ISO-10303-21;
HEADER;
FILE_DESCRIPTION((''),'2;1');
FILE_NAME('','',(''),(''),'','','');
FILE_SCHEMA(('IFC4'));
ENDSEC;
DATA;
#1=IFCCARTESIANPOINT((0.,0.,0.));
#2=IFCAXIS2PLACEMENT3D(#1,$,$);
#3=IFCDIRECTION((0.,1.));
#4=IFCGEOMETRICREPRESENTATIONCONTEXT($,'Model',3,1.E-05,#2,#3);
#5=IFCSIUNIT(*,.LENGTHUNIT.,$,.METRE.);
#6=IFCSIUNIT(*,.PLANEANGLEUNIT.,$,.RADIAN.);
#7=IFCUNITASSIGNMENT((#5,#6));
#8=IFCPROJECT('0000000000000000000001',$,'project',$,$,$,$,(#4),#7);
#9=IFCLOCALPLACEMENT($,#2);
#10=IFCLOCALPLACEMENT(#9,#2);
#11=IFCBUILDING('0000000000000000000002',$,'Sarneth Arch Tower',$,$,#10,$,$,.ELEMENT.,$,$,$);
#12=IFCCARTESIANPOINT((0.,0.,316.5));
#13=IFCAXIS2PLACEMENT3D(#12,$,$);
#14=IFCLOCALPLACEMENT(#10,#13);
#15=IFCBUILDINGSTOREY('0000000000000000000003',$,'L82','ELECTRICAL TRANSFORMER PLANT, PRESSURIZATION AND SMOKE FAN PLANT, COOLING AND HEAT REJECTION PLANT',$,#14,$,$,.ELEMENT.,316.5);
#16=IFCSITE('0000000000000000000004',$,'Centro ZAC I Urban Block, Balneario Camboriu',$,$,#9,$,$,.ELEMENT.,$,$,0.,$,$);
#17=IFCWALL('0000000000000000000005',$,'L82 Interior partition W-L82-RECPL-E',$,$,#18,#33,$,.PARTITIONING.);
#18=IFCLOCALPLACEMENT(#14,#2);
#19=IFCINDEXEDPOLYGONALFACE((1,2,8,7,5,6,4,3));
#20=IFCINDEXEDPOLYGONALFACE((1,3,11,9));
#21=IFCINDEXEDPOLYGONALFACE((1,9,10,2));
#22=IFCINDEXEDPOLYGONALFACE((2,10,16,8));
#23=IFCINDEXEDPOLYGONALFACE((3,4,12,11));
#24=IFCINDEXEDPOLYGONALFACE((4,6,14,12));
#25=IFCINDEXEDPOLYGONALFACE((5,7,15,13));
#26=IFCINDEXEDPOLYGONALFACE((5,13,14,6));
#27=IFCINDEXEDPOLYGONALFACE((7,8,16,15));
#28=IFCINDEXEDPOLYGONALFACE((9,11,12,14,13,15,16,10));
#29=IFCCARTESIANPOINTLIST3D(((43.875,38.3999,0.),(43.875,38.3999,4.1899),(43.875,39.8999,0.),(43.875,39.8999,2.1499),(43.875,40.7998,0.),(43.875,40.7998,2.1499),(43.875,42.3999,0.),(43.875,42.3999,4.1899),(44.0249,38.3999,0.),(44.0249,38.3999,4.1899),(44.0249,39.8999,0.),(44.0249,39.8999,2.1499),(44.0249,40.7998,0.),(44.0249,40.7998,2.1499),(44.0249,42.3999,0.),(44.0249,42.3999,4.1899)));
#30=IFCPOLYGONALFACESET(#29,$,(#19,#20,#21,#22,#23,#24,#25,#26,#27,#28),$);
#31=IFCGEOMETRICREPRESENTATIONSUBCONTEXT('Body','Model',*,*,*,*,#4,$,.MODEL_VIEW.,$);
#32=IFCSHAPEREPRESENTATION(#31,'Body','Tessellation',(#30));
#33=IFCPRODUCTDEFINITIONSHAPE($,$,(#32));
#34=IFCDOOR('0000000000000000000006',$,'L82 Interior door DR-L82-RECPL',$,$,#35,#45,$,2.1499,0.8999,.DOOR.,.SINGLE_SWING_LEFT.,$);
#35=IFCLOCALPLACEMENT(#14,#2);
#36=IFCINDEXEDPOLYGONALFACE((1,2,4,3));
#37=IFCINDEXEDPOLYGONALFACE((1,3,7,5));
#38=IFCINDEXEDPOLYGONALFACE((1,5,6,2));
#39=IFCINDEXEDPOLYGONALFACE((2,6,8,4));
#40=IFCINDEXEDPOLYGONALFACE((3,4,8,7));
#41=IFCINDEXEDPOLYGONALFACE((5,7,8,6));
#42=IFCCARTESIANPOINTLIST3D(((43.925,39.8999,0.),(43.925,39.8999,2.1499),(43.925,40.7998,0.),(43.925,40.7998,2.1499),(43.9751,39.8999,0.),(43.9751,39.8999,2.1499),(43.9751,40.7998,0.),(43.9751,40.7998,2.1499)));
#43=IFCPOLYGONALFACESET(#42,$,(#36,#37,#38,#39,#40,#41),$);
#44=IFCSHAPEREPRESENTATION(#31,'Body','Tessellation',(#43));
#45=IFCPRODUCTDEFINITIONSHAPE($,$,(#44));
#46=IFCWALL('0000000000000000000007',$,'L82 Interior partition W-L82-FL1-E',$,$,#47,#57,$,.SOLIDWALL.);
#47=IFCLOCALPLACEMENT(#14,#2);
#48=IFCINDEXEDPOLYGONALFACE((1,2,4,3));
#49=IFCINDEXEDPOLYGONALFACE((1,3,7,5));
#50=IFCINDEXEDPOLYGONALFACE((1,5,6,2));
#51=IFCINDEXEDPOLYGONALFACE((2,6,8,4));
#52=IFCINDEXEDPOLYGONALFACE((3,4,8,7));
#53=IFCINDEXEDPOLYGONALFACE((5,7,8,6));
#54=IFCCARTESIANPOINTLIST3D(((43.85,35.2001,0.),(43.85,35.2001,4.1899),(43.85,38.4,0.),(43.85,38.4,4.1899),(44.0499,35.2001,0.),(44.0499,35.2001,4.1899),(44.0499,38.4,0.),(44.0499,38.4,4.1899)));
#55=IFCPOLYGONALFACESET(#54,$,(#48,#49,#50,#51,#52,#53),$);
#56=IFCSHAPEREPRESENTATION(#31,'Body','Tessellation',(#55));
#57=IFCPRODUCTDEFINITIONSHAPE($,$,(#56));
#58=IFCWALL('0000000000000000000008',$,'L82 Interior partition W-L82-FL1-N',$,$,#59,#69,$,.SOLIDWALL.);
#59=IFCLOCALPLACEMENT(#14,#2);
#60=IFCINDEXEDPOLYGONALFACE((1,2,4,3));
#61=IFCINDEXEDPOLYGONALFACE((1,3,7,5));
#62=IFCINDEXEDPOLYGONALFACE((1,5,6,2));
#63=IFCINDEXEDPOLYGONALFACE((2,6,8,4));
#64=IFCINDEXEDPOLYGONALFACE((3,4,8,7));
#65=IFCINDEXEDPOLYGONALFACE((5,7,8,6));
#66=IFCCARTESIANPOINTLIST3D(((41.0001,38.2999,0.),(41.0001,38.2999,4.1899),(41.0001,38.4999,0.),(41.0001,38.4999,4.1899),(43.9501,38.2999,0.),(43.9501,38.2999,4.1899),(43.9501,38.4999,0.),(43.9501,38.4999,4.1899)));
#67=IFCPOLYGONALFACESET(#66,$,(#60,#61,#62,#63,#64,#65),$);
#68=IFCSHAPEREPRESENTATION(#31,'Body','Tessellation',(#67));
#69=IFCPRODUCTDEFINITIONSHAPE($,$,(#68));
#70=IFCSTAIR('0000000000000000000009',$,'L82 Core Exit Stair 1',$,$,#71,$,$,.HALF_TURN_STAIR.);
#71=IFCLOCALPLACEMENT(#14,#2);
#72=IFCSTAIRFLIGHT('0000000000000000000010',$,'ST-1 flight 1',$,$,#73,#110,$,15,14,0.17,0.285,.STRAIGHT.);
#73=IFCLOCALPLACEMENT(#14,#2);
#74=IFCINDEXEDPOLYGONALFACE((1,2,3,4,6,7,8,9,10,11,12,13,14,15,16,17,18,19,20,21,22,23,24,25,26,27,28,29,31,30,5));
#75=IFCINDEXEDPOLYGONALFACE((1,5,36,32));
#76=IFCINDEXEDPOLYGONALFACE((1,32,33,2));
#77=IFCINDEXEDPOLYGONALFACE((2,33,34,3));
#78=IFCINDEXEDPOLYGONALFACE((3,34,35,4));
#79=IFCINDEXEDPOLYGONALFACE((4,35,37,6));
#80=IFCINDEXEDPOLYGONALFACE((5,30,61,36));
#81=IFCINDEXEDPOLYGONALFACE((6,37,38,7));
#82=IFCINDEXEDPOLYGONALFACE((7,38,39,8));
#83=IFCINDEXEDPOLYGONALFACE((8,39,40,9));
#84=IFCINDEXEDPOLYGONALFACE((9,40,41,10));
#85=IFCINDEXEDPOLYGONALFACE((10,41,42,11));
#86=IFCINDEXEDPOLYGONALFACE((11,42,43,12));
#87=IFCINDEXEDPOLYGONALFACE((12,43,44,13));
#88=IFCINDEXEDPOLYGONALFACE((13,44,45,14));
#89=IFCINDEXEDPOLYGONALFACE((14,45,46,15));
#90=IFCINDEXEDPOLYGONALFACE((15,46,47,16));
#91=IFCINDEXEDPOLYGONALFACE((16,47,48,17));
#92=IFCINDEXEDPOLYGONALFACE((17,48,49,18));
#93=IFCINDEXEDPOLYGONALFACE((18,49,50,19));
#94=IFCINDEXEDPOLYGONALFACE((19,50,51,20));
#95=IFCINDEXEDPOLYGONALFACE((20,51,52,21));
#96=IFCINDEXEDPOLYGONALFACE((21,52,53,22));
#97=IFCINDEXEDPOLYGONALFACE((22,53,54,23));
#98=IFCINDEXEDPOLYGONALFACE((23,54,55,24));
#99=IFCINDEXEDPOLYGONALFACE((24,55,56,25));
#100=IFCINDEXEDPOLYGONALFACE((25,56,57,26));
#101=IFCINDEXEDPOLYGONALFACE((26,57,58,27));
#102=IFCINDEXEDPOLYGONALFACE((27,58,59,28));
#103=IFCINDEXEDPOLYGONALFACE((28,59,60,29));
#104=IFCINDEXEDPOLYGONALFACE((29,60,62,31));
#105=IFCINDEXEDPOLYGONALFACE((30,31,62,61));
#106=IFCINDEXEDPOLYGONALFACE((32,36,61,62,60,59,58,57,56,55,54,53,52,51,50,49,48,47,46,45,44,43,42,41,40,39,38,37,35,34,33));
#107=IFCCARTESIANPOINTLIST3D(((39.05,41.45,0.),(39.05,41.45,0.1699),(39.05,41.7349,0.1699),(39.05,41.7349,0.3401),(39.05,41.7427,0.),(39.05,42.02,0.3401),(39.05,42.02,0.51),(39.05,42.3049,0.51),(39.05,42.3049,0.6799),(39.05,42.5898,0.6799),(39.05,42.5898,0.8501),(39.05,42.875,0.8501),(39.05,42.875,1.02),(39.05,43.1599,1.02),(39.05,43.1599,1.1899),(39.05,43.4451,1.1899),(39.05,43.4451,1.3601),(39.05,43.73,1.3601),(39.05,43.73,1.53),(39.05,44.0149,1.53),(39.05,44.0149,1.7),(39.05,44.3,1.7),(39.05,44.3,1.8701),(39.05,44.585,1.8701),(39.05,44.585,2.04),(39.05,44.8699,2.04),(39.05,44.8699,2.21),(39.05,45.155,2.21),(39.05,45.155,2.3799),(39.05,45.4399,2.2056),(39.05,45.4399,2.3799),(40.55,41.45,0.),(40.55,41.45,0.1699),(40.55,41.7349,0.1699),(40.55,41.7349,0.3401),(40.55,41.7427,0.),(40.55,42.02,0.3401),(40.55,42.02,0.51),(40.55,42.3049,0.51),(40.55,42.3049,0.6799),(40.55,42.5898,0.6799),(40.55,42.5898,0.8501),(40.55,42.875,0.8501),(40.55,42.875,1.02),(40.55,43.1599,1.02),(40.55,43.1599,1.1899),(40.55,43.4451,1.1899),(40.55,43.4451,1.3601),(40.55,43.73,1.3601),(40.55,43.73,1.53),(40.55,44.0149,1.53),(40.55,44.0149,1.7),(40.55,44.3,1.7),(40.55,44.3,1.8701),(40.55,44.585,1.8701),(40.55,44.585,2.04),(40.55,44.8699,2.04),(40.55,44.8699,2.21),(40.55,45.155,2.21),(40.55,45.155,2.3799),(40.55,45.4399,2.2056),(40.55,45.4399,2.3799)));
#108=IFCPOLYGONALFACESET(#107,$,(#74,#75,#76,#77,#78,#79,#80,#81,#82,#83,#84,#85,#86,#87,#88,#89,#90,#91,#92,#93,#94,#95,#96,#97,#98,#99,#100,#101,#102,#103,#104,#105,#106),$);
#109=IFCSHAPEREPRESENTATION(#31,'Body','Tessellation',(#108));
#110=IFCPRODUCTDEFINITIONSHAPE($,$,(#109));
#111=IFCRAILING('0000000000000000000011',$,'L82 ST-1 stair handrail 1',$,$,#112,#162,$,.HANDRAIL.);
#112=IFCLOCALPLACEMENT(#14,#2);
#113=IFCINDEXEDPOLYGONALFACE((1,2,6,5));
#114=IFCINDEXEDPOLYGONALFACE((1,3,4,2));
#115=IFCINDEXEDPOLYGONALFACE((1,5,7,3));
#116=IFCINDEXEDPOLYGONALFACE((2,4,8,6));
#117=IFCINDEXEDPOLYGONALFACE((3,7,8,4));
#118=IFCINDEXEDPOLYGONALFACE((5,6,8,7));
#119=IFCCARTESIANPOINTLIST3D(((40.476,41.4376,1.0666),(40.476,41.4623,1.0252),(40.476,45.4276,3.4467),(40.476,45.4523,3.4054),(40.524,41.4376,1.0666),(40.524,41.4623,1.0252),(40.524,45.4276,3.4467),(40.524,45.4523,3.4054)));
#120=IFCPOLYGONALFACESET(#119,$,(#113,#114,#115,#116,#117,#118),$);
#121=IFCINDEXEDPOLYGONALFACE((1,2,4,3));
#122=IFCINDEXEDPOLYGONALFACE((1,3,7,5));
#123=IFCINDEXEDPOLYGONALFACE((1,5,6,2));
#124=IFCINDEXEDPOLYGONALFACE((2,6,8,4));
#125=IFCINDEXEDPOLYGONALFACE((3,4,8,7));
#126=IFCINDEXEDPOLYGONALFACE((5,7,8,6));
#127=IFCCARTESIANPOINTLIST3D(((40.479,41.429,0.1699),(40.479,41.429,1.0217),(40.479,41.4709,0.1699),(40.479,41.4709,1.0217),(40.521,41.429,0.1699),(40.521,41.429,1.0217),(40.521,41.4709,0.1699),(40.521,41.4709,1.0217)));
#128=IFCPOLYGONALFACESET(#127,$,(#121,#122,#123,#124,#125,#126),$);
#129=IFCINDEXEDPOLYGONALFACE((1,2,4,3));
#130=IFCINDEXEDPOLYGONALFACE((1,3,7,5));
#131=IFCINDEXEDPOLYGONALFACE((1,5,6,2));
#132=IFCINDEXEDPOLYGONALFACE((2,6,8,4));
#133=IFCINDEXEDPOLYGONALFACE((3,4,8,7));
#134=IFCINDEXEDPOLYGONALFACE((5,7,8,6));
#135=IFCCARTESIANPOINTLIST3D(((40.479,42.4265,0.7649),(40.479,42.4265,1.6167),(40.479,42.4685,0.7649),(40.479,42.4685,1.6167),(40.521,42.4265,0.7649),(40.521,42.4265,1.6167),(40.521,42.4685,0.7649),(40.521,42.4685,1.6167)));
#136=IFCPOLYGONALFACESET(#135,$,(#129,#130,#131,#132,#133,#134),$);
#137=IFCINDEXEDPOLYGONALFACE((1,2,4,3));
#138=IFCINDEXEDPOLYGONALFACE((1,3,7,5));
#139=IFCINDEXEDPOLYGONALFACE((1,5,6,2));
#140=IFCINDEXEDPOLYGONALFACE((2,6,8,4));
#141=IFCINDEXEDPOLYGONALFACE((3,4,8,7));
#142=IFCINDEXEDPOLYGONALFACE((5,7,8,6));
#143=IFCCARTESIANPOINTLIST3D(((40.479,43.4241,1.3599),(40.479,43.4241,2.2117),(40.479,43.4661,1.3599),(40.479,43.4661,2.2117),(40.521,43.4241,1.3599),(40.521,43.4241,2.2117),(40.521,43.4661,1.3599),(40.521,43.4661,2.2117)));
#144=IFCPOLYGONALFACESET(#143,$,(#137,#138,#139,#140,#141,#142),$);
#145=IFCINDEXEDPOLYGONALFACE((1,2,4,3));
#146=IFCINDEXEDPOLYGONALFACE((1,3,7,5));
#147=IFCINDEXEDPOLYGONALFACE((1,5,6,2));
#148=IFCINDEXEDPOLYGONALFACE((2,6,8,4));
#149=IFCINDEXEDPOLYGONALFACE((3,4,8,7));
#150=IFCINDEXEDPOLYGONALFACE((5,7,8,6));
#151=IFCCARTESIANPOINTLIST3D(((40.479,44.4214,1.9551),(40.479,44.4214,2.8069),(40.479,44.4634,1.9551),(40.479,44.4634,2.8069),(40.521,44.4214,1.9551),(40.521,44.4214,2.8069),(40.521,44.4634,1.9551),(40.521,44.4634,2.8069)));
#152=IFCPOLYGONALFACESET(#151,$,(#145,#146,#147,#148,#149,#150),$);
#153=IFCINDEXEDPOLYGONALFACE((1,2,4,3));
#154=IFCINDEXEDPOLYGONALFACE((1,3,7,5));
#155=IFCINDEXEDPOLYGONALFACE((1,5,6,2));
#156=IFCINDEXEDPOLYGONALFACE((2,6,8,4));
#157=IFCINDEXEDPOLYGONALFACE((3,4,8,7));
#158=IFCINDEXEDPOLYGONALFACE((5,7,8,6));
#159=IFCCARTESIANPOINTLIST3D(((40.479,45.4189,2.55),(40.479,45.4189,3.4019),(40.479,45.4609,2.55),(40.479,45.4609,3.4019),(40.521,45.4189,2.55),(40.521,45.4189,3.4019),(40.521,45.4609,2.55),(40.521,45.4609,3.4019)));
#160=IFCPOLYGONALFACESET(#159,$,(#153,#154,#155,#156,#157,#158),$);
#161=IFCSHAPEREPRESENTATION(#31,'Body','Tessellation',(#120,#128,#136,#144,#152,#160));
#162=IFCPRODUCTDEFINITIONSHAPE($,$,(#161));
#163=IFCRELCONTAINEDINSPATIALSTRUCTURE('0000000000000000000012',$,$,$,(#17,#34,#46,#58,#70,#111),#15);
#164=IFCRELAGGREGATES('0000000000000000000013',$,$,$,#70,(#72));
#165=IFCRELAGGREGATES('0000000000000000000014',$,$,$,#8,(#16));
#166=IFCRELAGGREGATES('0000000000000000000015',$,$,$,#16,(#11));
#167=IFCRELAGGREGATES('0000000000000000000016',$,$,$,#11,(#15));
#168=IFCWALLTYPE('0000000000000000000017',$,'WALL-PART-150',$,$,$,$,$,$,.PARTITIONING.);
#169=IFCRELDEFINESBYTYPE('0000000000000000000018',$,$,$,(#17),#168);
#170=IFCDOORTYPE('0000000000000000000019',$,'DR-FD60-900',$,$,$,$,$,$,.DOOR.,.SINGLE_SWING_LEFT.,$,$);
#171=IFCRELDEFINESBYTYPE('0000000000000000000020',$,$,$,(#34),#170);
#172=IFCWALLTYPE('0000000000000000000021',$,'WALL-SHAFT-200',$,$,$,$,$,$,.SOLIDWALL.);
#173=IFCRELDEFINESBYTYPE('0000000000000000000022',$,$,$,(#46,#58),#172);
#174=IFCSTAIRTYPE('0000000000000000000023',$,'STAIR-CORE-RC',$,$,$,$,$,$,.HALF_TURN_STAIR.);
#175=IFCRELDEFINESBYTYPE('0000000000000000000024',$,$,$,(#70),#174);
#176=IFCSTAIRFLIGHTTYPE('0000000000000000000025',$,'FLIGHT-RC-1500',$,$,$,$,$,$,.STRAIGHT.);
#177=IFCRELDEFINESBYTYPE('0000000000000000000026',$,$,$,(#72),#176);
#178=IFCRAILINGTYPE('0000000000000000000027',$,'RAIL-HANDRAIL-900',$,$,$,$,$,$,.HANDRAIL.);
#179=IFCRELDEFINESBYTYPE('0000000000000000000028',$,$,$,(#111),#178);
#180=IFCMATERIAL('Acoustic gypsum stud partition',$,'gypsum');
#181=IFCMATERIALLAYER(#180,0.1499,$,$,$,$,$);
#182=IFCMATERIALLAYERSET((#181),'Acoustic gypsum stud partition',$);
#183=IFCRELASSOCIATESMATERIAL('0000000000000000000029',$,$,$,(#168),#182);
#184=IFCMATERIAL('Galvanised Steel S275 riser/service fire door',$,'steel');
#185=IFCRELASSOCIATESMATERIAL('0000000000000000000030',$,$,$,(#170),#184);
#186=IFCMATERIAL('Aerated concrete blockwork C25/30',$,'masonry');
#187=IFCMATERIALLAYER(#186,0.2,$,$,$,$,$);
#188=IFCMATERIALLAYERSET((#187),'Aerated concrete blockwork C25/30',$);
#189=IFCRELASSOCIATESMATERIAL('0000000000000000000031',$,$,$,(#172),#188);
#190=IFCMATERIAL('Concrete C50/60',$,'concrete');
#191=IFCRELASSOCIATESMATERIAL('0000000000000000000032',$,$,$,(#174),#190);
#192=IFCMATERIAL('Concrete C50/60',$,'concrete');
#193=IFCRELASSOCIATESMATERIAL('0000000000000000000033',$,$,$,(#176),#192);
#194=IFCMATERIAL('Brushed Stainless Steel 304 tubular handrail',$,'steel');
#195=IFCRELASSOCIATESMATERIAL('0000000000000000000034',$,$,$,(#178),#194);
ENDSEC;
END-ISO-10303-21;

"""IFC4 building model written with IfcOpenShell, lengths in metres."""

from ifc_helpers import new_model, si_unit, direction, frame, frame_2d, origin, origin_2d, place, context, subcontext, project, spatial, polyline, rectangle, outline, extrude, material, layer, layer_set, type_object, element, fill, aggregate, save


model = new_model("IFC4")

# Units and contexts
model_context = context("Model", 3, precision=1e-05, world=origin(), true_north=direction((0.0, 1.0)))
body_context = subcontext(model_context, "Body", "Model", "MODEL_VIEW")
ifc_project = project(units=[si_unit("LENGTHUNIT", "METRE"), si_unit("PLANEANGLEUNIT", "RADIAN")], contexts=[model_context])

# Site, building, storey
site_placement = place(None, origin())
site = spatial("IfcSite", under=ifc_project, at=site_placement, Name="Centro ZAC I Urban Block, Balneario Camboriu", CompositionType="ELEMENT", RefElevation=0.0)
building_placement = place(site_placement, origin())
building = spatial("IfcBuilding", under=site, at=building_placement, Name="Sarneth Arch Tower", CompositionType="ELEMENT")
storey_placement = place(building_placement, frame((0.0, 0.0, 316.5)))
storey = spatial("IfcBuildingStorey", under=building, at=storey_placement, Name="L82", Description="ELECTRICAL TRANSFORMER PLANT, PRESSURIZATION AND SMOKE FAN PLANT, COOLING AND HEAT REJECTION PLANT", CompositionType="ELEMENT", Elevation=316.5)

# Wall, opening, door
ifc_material_1 = material(Name="Acoustic gypsum stud partition", Category="gypsum")
ifc_layer_1 = layer(ifc_material_1, 0.1499)
ifc_layer_set_1 = layer_set([ifc_layer_1], Name="Acoustic gypsum stud partition")
wall_type_1 = type_object("IfcWallType", Name="WALL-PART-150", PredefinedType="PARTITIONING", material=ifc_layer_set_1)
wall_1_placement = place(storey_placement, frame((43.95, 38.3999, 0.0), z_axis=(0.0, 0.0, 1.0), x_axis=(0.0, 1.0, 0.0)))
wall_1 = element("IfcWall", 1, at=wall_1_placement, inside=storey, type_object=wall_type_1, Name="L82 Interior partition W-L82-RECPL-E", PredefinedType="PARTITIONING", context=body_context, shape_type="SweptSolid", body=[
    extrude(rectangle(XDim=4.0, YDim=0.1499, at=frame_2d((2.0, 0.0))), origin(), (0.0, 0.0, 1.0), 4.1899),
])
opening_1_placement = place(wall_1_placement, frame((1.5, 0.0, 0.0)))
opening_1 = element("IfcOpeningElement", 2, at=opening_1_placement, cuts=wall_1, PredefinedType="OPENING", context=body_context, shape_type="SweptSolid", body=[
    extrude(rectangle(XDim=0.8999, YDim=2.1499, at=frame_2d((0.45, 1.075))), frame((0.0, 0.085, 0.0), z_axis=(0.0, -1.0, 0.0), x_axis=(1.0, 0.0, 0.0)), (0.0, 0.0, 1.0), 0.1699),
])
ifc_material_2 = material(Name="Galvanised Steel S275 riser/service fire door", Category="steel")
door_type_1 = type_object("IfcDoorType", Name="DR-FD60-900", OperationType="SINGLE_SWING_LEFT", PredefinedType="DOOR", material=ifc_material_2)
door_1_placement = place(opening_1_placement, origin())
door_1 = element("IfcDoor", 3, at=door_1_placement, inside=storey, type_object=door_type_1, Name="L82 Interior door DR-L82-RECPL", OperationType="SINGLE_SWING_LEFT", OverallHeight=2.1499, OverallWidth=0.8999, PredefinedType="DOOR", context=body_context, shape_type="SweptSolid", body=[
    extrude(rectangle(XDim=0.8999, YDim=2.1499, at=frame_2d((0.45, 1.075))), frame((0.0, 0.0249, 0.0), z_axis=(0.0, -1.0, 0.0), x_axis=(1.0, 0.0, 0.0)), (0.0, 0.0, 1.0), 0.05),
])
fill(opening_1, door_1)
ifc_material_3 = material(Name="Aerated concrete blockwork C25/30", Category="masonry")
ifc_layer_2 = layer(ifc_material_3, 0.2)
ifc_layer_set_2 = layer_set([ifc_layer_2], Name="Aerated concrete blockwork C25/30")
wall_type_2 = type_object("IfcWallType", Name="WALL-SHAFT-200", PredefinedType="SOLIDWALL", material=ifc_layer_set_2)

# Walls
wall_2_placement = place(storey_placement, frame((43.95, 35.2, 0.0), z_axis=(0.0, 0.0, 1.0), x_axis=(0.0, 1.0, 0.0)))
element("IfcWall", 4, at=wall_2_placement, inside=storey, type_object=wall_type_2, Name="L82 Interior partition W-L82-FL1-E", PredefinedType="SOLIDWALL", context=body_context, shape_type="SweptSolid", body=[
    extrude(rectangle(XDim=3.2, YDim=0.2, at=frame_2d((1.6001, 0.0))), origin(), (0.0, 0.0, 1.0), 4.1899),
])
wall_3_placement = place(storey_placement, frame((41.0, 38.3999, 0.0), z_axis=(0.0, 0.0, 1.0), x_axis=(1.0, 0.0, 0.0)))
element("IfcWall", 5, at=wall_3_placement, inside=storey, type_object=wall_type_2, Name="L82 Interior partition W-L82-FL1-N", PredefinedType="SOLIDWALL", context=body_context, shape_type="SweptSolid", body=[
    extrude(rectangle(XDim=2.95, YDim=0.2, at=frame_2d((1.4751, 0.0))), origin(), (0.0, 0.0, 1.0), 4.1899),
])

# Stair, stair flight
ifc_material_4 = material(Name="Concrete C50/60", Category="concrete")
stair_type = type_object("IfcStairType", Name="STAIR-CORE-RC", PredefinedType="HALF_TURN_STAIR", material=ifc_material_4)
stair_placement = place(storey_placement, origin())
stair = element("IfcStair", 6, at=stair_placement, inside=storey, type_object=stair_type, Name="L82 Core Exit Stair 1", PredefinedType="HALF_TURN_STAIR")
ifc_material_5 = material(Name="Concrete C50/60", Category="concrete")
stair_flight_type = type_object("IfcStairFlightType", Name="FLIGHT-RC-1500", PredefinedType="STRAIGHT", material=ifc_material_5)
stair_flight_placement = place(storey_placement, frame((39.8, 41.45, 0.0), z_axis=(0.0, 0.0, 1.0), x_axis=(0.0, 1.0, 0.0)))
stair_flight = element("IfcStairFlight", 7, at=stair_flight_placement, type_object=stair_flight_type, Name="ST-1 flight 1", NumberOfRisers=15, NumberOfTreads=14, PredefinedType="STRAIGHT", RiserHeight=0.17, TreadLength=0.285, context=body_context, shape_type="SweptSolid", body=[
    extrude(outline(polyline([(0.0, 0.0), (0.0, 0.1699), (0.2849, 0.1699), (0.2849, 0.3401), (0.5701, 0.3401), (0.5701, 0.51), (0.855, 0.51), (0.855, 0.6799), (1.1399, 0.6799), (1.1399, 0.8501), (1.425, 0.8501), (1.425, 1.02), (1.71, 1.02), (1.71, 1.1899), (1.9951, 1.1899), (1.9951, 1.3601), (2.28, 1.3601), (2.28, 1.53), (2.5649, 1.53), (2.5649, 1.7), (2.8501, 1.7), (2.8501, 1.8701), (3.135, 1.8701), (3.135, 2.04), (3.4199, 2.04), (3.4199, 2.21), (3.7051, 2.21), (3.7051, 2.3799), (3.99, 2.3799), (3.99, 2.55), (3.99, 2.2056), (0.2927, 0.0), (0.0, 0.0)])), frame((0.0, 0.75, 0.0), z_axis=(0.0, -1.0, 0.0), x_axis=(1.0, 0.0, 0.0)), (0.0, 0.0, 1.0), 1.5),
])
aggregate(stair, [stair_flight])

# Railing
ifc_material_6 = material(Name="Brushed Stainless Steel 304 tubular handrail", Category="steel")
railing_type_1 = type_object("IfcRailingType", Name="RAIL-HANDRAIL-900", PredefinedType="HANDRAIL", material=ifc_material_6)
railing_1_placement = place(storey_placement, frame((40.5, 41.45, 0.1699)))
element("IfcRailing", 8, at=railing_1_placement, inside=storey, type_object=railing_type_1, Name="L82 ST-1 stair handrail 1", PredefinedType="HANDRAIL", context=body_context, shape_type="SweptSolid", body=[
    extrude(rectangle(XDim=0.0481, YDim=0.0481, at=origin_2d()), frame((0.0, 0.0, 0.876), z_axis=(0.0, 0.858807, 0.512299), x_axis=(-1.0, 0.0, 0.0)), (0.0, 0.0, 1.0), 4.646),
    extrude(rectangle(XDim=0.042, YDim=0.042, at=origin_2d()), origin(), (0.0, 0.0, 1.0), 0.8518),
    extrude(rectangle(XDim=0.042, YDim=0.042, at=origin_2d()), frame((0.0, 0.9976, 0.595)), (0.0, 0.0, 1.0), 0.8518),
    extrude(rectangle(XDim=0.042, YDim=0.042, at=origin_2d()), frame((0.0, 1.9951, 1.1899)), (0.0, 0.0, 1.0), 0.8518),
    extrude(rectangle(XDim=0.042, YDim=0.042, at=origin_2d()), frame((0.0, 2.9924, 1.7852)), (0.0, 0.0, 1.0), 0.8518),
    extrude(rectangle(XDim=0.042, YDim=0.042, at=origin_2d()), frame((0.0, 3.99, 2.3801)), (0.0, 0.0, 1.0), 0.8518),
])

save(model, "model.ifc")
